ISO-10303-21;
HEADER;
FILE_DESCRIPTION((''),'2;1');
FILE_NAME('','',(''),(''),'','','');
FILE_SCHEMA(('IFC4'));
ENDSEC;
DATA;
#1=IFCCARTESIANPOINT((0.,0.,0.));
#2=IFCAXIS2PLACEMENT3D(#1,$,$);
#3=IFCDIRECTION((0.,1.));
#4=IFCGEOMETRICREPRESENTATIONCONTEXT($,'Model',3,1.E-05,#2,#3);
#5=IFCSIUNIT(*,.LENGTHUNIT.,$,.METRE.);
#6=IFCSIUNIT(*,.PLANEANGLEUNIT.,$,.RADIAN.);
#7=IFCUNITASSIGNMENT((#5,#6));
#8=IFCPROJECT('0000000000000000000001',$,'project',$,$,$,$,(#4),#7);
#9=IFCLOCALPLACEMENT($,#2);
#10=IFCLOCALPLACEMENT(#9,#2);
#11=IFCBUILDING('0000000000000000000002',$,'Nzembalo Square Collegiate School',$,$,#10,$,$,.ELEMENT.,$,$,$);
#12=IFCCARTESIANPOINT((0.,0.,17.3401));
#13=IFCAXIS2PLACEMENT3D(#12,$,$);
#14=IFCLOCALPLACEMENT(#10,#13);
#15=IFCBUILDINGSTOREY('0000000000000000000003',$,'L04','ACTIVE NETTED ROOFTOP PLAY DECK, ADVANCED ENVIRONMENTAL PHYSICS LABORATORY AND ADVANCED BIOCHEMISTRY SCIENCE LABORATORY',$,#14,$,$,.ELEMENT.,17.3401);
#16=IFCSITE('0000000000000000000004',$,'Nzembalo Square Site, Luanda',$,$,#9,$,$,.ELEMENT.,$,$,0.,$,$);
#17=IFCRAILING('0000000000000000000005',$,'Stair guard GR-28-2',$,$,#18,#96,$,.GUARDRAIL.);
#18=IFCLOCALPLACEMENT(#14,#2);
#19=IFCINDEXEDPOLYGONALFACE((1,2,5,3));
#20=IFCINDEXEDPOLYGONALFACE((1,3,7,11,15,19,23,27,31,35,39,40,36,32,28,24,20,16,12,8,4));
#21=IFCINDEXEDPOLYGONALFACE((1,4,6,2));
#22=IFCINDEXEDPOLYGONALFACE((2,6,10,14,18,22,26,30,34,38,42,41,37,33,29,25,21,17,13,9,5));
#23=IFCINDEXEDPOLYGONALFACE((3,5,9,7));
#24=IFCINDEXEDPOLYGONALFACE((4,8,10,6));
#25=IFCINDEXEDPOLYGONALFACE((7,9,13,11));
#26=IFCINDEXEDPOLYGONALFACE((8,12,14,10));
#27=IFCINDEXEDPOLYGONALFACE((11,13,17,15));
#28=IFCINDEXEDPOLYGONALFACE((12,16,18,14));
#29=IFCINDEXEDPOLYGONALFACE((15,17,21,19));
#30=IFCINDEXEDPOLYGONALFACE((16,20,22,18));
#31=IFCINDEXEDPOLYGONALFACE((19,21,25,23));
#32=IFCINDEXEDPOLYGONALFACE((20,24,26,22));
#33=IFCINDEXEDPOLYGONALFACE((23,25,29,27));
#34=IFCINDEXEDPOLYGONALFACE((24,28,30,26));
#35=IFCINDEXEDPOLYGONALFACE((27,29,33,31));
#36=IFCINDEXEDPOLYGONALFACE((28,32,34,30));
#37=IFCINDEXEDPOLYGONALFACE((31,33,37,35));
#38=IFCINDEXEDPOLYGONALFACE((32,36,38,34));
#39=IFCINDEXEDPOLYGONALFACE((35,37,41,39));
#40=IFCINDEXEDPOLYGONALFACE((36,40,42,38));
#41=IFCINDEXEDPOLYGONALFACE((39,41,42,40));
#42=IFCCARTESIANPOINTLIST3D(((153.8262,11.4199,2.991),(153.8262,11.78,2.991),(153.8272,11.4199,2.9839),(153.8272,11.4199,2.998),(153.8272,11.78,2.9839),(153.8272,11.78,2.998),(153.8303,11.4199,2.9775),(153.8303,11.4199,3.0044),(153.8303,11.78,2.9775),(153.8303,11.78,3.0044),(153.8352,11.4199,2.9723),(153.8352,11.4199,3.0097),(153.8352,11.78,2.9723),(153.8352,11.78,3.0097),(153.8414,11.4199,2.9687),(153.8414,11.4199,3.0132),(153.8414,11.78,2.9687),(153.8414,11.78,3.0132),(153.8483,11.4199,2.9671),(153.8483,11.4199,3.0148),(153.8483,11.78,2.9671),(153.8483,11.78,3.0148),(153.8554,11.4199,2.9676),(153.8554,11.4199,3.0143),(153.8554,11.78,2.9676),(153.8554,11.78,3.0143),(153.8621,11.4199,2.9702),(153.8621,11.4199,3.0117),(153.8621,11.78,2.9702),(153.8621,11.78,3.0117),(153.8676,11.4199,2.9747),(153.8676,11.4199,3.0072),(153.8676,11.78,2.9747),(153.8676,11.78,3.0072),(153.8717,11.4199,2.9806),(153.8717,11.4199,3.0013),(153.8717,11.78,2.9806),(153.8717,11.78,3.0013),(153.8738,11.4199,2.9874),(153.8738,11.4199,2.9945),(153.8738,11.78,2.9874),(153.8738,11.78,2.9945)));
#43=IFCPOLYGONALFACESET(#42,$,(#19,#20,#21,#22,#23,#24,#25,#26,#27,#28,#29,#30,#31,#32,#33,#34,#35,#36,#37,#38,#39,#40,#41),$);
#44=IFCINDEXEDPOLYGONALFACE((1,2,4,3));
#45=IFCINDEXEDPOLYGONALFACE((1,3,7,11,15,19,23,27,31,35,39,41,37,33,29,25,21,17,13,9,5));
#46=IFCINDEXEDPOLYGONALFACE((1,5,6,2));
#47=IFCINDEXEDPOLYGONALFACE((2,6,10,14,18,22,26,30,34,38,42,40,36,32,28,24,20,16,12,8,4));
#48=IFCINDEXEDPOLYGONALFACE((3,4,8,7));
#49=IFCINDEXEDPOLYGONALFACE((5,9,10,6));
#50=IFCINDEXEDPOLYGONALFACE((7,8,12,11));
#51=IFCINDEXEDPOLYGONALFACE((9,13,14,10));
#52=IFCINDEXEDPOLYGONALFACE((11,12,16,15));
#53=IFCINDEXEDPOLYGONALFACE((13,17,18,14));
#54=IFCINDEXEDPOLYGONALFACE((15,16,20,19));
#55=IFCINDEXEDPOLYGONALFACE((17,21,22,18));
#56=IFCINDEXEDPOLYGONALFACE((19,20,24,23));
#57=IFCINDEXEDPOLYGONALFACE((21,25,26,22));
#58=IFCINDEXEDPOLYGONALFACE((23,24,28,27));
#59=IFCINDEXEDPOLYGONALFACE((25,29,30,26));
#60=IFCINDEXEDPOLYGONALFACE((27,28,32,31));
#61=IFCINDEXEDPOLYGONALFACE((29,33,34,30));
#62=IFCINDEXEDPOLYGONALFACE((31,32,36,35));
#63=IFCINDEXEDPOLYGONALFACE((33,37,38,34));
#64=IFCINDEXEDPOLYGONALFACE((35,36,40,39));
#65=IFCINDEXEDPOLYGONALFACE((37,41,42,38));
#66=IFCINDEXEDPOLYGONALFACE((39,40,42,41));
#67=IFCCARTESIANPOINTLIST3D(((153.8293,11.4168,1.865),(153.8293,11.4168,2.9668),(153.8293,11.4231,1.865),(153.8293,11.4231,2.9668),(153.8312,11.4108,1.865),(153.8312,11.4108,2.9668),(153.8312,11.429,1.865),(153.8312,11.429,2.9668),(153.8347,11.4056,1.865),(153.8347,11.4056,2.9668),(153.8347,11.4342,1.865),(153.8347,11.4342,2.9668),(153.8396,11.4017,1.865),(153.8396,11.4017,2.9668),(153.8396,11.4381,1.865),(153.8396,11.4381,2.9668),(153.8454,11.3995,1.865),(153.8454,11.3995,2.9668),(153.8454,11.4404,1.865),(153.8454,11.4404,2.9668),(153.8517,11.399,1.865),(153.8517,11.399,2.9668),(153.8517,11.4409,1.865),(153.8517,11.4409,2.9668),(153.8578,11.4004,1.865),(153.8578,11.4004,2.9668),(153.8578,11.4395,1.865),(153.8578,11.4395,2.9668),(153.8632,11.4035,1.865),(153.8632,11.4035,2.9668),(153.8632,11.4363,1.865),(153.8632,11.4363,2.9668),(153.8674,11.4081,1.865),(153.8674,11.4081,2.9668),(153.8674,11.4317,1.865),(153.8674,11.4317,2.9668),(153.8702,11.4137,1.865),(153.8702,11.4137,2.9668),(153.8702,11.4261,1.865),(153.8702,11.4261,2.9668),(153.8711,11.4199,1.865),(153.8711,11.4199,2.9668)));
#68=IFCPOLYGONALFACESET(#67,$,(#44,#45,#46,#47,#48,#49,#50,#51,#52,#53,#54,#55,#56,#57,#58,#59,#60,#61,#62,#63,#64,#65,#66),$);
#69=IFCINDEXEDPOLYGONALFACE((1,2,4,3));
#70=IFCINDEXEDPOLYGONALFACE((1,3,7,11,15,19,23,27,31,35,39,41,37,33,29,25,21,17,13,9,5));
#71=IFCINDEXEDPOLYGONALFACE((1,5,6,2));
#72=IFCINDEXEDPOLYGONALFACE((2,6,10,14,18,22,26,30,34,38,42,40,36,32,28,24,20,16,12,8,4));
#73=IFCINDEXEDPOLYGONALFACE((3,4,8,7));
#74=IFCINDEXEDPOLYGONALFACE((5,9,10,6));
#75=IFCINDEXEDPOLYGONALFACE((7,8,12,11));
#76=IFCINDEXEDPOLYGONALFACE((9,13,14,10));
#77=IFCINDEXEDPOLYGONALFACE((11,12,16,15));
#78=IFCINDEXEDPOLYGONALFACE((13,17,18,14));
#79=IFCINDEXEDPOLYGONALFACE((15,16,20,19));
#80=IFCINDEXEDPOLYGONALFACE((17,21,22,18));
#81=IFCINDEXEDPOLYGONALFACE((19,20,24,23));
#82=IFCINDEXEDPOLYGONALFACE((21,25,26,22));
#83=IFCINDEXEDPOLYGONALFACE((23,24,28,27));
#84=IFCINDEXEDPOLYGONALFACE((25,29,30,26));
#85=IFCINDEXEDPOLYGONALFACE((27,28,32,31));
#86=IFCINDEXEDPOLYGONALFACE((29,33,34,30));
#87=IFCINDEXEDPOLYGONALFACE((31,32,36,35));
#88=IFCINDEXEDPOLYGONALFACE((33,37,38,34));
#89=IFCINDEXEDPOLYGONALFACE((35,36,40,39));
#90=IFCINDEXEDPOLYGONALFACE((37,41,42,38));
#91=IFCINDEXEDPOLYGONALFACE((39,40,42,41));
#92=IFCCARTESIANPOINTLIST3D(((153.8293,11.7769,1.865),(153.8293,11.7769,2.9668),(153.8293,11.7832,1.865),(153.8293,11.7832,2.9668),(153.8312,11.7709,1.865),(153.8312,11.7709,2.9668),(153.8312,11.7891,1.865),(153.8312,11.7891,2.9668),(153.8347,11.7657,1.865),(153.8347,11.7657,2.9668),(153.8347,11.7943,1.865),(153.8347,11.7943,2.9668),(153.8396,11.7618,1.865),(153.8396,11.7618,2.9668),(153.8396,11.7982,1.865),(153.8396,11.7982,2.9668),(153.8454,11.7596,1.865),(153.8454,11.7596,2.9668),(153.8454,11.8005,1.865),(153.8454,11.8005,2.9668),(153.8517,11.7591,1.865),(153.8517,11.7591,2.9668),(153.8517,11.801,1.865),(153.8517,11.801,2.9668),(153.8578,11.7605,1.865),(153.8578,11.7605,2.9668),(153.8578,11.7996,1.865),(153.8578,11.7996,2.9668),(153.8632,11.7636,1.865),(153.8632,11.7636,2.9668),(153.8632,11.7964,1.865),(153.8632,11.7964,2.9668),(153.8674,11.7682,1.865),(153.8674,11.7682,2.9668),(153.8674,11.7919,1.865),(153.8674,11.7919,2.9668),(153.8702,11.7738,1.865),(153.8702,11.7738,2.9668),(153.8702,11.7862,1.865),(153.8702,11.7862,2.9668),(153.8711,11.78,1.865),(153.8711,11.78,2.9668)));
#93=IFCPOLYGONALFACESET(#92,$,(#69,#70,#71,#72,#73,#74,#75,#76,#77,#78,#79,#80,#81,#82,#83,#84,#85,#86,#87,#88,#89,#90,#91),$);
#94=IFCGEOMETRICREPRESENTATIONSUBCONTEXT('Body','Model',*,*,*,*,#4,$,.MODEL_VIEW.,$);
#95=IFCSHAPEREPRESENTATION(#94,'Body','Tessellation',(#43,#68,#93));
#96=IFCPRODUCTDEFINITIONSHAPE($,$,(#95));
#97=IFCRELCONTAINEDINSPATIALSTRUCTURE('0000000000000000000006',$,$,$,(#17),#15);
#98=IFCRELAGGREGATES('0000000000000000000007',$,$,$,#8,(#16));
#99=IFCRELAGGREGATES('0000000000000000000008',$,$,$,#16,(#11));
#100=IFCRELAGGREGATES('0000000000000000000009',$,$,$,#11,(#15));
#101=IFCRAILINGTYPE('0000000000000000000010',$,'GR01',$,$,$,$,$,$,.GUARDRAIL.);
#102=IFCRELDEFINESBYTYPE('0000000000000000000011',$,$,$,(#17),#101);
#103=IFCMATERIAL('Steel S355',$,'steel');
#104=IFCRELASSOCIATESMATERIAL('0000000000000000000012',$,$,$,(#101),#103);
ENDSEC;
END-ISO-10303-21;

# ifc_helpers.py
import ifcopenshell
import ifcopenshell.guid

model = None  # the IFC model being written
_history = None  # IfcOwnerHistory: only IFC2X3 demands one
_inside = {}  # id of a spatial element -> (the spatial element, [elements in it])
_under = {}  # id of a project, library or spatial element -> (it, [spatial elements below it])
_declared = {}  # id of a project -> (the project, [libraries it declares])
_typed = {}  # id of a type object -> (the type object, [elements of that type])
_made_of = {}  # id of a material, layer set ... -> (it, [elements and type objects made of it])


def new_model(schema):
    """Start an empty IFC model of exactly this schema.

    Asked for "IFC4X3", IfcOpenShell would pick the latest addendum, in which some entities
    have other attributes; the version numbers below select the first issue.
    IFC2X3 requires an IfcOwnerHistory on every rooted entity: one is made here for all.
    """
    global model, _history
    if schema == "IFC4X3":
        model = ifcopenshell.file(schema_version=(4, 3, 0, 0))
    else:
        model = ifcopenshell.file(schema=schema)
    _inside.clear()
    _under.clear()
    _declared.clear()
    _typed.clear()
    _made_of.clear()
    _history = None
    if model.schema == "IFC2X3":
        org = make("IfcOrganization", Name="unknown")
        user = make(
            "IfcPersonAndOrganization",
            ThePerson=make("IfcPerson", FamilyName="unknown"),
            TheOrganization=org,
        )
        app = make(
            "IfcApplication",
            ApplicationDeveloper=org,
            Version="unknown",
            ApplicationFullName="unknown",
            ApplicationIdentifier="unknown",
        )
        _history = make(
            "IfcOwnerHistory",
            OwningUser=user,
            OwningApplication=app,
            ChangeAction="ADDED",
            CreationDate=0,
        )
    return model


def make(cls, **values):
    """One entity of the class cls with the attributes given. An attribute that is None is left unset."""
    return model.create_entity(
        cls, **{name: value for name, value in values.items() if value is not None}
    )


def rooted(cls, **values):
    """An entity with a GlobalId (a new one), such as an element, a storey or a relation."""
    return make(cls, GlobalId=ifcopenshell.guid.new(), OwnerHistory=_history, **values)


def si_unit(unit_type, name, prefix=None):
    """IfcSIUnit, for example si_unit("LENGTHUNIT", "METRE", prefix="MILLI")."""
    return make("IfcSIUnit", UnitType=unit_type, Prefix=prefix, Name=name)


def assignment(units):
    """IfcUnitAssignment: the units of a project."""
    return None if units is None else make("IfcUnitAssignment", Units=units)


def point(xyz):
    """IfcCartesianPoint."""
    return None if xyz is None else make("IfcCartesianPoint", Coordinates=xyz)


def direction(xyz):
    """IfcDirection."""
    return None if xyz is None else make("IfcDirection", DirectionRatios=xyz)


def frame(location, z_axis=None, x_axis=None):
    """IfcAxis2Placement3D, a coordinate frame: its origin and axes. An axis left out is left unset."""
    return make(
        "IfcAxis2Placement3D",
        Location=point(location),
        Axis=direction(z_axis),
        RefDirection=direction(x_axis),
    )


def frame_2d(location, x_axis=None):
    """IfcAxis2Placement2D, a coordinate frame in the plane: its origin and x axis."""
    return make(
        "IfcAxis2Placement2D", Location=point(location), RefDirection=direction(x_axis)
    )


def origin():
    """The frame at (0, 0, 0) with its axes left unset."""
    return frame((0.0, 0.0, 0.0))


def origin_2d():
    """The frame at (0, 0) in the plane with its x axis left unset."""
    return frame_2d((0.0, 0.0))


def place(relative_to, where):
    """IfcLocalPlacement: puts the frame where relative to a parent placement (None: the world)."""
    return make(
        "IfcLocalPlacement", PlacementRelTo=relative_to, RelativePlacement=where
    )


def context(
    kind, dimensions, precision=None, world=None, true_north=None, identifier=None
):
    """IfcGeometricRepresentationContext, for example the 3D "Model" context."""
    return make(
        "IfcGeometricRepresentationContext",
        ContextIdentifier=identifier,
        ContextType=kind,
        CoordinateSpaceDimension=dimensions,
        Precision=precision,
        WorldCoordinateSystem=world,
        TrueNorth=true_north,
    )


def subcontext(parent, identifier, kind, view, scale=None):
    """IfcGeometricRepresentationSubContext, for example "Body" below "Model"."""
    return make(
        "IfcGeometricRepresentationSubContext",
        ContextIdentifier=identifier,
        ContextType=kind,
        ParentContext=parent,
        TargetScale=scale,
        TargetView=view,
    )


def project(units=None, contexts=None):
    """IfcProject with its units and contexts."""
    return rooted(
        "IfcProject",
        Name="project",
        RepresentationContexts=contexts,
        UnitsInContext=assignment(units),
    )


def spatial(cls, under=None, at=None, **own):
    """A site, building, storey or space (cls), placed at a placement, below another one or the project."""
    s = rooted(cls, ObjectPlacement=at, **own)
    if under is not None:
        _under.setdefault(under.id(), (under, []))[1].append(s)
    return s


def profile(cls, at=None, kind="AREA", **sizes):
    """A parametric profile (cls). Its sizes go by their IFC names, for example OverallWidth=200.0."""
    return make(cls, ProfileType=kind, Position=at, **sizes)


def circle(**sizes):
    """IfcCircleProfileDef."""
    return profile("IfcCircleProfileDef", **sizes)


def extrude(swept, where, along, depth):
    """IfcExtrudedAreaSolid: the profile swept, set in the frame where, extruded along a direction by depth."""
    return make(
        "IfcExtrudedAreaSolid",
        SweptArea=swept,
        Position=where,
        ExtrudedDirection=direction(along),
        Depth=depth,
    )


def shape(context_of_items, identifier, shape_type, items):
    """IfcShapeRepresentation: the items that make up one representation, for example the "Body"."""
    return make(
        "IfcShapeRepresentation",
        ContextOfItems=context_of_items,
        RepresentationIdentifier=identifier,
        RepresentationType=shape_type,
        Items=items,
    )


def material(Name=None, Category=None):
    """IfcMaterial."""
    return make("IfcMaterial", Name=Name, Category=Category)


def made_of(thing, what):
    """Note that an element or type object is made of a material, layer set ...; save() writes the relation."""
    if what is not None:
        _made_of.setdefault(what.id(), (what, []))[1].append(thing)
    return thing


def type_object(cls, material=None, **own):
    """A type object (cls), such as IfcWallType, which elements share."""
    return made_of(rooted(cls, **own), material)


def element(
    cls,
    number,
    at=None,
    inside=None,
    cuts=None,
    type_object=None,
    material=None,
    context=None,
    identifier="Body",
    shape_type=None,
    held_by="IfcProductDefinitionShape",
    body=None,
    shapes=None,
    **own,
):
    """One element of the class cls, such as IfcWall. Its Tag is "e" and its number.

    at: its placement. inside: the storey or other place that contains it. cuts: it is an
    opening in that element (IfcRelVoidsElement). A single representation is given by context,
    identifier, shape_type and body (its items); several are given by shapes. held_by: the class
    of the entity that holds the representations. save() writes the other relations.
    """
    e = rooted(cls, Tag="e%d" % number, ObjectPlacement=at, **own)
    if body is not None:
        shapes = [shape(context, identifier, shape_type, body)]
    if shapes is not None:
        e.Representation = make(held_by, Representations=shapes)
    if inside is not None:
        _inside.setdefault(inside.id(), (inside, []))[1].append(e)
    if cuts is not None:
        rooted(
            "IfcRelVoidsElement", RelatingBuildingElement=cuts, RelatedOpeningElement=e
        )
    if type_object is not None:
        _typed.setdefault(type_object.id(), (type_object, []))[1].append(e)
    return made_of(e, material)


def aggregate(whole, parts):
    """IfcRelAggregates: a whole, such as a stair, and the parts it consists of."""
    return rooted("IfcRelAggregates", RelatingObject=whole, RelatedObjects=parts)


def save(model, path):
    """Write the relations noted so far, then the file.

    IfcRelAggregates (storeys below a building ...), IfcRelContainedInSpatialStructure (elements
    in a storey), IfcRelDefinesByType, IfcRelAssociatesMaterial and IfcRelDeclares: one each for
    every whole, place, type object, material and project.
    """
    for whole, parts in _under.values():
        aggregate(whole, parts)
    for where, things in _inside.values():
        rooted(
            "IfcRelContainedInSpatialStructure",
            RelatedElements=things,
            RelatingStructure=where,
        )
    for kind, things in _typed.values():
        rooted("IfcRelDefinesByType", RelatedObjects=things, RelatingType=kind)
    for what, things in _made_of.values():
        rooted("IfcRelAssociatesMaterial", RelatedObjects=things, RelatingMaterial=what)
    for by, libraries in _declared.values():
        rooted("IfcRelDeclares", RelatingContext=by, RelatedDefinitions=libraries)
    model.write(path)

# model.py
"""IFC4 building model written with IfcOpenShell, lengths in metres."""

from ifc_helpers import new_model, si_unit, direction, frame, origin, origin_2d, place, context, subcontext, project, spatial, circle, extrude, material, type_object, element, save


model = new_model("IFC4")

# Units and contexts
model_context = context("Model", 3, precision=1e-05, world=origin(), true_north=direction((0.0, 1.0)))
body_context = subcontext(model_context, "Body", "Model", "MODEL_VIEW")
ifc_project = project(units=[si_unit("LENGTHUNIT", "METRE"), si_unit("PLANEANGLEUNIT", "RADIAN")], contexts=[model_context])

# Site, building, storey
site_placement = place(None, origin())
site = spatial("IfcSite", under=ifc_project, at=site_placement, Name="Nzembalo Square Site, Luanda", CompositionType="ELEMENT", RefElevation=0.0)
building_placement = place(site_placement, origin())
building = spatial("IfcBuilding", under=site, at=building_placement, Name="Nzembalo Square Collegiate School", CompositionType="ELEMENT")
storey_placement = place(building_placement, frame((0.0, 0.0, 17.3401)))
storey = spatial("IfcBuildingStorey", under=building, at=storey_placement, Name="L04", Description="ACTIVE NETTED ROOFTOP PLAY DECK, ADVANCED ENVIRONMENTAL PHYSICS LABORATORY AND ADVANCED BIOCHEMISTRY SCIENCE LABORATORY", CompositionType="ELEMENT", Elevation=17.3401)

# Railing
ifc_material_1 = material(Name="Steel S355", Category="steel")
railing_type_1 = type_object("IfcRailingType", Name="GR01", PredefinedType="GUARDRAIL", material=ifc_material_1)
railing_1_placement = place(storey_placement, frame((153.8501, 11.4199, 1.865)))
element("IfcRailing", 1, at=railing_1_placement, inside=storey, type_object=railing_type_1, Name="Stair guard GR-28-2", PredefinedType="GUARDRAIL", context=body_context, shape_type="SweptSolid", body=[
    extrude(circle(Radius=0.0239, at=origin_2d()), frame((0.0, 0.0, 1.126), z_axis=(0.0, 1.0, 0.0), x_axis=(-1.0, 0.0, 0.0)), (0.0, 0.0, 1.0), 0.3601),
    extrude(circle(Radius=0.021, at=origin_2d()), origin(), (0.0, 0.0, 1.0), 1.1018),
    extrude(circle(Radius=0.021, at=origin_2d()), frame((0.0, 0.3601, 0.0)), (0.0, 0.0, 1.0), 1.1018),
])

save(model, "model.ifc")
